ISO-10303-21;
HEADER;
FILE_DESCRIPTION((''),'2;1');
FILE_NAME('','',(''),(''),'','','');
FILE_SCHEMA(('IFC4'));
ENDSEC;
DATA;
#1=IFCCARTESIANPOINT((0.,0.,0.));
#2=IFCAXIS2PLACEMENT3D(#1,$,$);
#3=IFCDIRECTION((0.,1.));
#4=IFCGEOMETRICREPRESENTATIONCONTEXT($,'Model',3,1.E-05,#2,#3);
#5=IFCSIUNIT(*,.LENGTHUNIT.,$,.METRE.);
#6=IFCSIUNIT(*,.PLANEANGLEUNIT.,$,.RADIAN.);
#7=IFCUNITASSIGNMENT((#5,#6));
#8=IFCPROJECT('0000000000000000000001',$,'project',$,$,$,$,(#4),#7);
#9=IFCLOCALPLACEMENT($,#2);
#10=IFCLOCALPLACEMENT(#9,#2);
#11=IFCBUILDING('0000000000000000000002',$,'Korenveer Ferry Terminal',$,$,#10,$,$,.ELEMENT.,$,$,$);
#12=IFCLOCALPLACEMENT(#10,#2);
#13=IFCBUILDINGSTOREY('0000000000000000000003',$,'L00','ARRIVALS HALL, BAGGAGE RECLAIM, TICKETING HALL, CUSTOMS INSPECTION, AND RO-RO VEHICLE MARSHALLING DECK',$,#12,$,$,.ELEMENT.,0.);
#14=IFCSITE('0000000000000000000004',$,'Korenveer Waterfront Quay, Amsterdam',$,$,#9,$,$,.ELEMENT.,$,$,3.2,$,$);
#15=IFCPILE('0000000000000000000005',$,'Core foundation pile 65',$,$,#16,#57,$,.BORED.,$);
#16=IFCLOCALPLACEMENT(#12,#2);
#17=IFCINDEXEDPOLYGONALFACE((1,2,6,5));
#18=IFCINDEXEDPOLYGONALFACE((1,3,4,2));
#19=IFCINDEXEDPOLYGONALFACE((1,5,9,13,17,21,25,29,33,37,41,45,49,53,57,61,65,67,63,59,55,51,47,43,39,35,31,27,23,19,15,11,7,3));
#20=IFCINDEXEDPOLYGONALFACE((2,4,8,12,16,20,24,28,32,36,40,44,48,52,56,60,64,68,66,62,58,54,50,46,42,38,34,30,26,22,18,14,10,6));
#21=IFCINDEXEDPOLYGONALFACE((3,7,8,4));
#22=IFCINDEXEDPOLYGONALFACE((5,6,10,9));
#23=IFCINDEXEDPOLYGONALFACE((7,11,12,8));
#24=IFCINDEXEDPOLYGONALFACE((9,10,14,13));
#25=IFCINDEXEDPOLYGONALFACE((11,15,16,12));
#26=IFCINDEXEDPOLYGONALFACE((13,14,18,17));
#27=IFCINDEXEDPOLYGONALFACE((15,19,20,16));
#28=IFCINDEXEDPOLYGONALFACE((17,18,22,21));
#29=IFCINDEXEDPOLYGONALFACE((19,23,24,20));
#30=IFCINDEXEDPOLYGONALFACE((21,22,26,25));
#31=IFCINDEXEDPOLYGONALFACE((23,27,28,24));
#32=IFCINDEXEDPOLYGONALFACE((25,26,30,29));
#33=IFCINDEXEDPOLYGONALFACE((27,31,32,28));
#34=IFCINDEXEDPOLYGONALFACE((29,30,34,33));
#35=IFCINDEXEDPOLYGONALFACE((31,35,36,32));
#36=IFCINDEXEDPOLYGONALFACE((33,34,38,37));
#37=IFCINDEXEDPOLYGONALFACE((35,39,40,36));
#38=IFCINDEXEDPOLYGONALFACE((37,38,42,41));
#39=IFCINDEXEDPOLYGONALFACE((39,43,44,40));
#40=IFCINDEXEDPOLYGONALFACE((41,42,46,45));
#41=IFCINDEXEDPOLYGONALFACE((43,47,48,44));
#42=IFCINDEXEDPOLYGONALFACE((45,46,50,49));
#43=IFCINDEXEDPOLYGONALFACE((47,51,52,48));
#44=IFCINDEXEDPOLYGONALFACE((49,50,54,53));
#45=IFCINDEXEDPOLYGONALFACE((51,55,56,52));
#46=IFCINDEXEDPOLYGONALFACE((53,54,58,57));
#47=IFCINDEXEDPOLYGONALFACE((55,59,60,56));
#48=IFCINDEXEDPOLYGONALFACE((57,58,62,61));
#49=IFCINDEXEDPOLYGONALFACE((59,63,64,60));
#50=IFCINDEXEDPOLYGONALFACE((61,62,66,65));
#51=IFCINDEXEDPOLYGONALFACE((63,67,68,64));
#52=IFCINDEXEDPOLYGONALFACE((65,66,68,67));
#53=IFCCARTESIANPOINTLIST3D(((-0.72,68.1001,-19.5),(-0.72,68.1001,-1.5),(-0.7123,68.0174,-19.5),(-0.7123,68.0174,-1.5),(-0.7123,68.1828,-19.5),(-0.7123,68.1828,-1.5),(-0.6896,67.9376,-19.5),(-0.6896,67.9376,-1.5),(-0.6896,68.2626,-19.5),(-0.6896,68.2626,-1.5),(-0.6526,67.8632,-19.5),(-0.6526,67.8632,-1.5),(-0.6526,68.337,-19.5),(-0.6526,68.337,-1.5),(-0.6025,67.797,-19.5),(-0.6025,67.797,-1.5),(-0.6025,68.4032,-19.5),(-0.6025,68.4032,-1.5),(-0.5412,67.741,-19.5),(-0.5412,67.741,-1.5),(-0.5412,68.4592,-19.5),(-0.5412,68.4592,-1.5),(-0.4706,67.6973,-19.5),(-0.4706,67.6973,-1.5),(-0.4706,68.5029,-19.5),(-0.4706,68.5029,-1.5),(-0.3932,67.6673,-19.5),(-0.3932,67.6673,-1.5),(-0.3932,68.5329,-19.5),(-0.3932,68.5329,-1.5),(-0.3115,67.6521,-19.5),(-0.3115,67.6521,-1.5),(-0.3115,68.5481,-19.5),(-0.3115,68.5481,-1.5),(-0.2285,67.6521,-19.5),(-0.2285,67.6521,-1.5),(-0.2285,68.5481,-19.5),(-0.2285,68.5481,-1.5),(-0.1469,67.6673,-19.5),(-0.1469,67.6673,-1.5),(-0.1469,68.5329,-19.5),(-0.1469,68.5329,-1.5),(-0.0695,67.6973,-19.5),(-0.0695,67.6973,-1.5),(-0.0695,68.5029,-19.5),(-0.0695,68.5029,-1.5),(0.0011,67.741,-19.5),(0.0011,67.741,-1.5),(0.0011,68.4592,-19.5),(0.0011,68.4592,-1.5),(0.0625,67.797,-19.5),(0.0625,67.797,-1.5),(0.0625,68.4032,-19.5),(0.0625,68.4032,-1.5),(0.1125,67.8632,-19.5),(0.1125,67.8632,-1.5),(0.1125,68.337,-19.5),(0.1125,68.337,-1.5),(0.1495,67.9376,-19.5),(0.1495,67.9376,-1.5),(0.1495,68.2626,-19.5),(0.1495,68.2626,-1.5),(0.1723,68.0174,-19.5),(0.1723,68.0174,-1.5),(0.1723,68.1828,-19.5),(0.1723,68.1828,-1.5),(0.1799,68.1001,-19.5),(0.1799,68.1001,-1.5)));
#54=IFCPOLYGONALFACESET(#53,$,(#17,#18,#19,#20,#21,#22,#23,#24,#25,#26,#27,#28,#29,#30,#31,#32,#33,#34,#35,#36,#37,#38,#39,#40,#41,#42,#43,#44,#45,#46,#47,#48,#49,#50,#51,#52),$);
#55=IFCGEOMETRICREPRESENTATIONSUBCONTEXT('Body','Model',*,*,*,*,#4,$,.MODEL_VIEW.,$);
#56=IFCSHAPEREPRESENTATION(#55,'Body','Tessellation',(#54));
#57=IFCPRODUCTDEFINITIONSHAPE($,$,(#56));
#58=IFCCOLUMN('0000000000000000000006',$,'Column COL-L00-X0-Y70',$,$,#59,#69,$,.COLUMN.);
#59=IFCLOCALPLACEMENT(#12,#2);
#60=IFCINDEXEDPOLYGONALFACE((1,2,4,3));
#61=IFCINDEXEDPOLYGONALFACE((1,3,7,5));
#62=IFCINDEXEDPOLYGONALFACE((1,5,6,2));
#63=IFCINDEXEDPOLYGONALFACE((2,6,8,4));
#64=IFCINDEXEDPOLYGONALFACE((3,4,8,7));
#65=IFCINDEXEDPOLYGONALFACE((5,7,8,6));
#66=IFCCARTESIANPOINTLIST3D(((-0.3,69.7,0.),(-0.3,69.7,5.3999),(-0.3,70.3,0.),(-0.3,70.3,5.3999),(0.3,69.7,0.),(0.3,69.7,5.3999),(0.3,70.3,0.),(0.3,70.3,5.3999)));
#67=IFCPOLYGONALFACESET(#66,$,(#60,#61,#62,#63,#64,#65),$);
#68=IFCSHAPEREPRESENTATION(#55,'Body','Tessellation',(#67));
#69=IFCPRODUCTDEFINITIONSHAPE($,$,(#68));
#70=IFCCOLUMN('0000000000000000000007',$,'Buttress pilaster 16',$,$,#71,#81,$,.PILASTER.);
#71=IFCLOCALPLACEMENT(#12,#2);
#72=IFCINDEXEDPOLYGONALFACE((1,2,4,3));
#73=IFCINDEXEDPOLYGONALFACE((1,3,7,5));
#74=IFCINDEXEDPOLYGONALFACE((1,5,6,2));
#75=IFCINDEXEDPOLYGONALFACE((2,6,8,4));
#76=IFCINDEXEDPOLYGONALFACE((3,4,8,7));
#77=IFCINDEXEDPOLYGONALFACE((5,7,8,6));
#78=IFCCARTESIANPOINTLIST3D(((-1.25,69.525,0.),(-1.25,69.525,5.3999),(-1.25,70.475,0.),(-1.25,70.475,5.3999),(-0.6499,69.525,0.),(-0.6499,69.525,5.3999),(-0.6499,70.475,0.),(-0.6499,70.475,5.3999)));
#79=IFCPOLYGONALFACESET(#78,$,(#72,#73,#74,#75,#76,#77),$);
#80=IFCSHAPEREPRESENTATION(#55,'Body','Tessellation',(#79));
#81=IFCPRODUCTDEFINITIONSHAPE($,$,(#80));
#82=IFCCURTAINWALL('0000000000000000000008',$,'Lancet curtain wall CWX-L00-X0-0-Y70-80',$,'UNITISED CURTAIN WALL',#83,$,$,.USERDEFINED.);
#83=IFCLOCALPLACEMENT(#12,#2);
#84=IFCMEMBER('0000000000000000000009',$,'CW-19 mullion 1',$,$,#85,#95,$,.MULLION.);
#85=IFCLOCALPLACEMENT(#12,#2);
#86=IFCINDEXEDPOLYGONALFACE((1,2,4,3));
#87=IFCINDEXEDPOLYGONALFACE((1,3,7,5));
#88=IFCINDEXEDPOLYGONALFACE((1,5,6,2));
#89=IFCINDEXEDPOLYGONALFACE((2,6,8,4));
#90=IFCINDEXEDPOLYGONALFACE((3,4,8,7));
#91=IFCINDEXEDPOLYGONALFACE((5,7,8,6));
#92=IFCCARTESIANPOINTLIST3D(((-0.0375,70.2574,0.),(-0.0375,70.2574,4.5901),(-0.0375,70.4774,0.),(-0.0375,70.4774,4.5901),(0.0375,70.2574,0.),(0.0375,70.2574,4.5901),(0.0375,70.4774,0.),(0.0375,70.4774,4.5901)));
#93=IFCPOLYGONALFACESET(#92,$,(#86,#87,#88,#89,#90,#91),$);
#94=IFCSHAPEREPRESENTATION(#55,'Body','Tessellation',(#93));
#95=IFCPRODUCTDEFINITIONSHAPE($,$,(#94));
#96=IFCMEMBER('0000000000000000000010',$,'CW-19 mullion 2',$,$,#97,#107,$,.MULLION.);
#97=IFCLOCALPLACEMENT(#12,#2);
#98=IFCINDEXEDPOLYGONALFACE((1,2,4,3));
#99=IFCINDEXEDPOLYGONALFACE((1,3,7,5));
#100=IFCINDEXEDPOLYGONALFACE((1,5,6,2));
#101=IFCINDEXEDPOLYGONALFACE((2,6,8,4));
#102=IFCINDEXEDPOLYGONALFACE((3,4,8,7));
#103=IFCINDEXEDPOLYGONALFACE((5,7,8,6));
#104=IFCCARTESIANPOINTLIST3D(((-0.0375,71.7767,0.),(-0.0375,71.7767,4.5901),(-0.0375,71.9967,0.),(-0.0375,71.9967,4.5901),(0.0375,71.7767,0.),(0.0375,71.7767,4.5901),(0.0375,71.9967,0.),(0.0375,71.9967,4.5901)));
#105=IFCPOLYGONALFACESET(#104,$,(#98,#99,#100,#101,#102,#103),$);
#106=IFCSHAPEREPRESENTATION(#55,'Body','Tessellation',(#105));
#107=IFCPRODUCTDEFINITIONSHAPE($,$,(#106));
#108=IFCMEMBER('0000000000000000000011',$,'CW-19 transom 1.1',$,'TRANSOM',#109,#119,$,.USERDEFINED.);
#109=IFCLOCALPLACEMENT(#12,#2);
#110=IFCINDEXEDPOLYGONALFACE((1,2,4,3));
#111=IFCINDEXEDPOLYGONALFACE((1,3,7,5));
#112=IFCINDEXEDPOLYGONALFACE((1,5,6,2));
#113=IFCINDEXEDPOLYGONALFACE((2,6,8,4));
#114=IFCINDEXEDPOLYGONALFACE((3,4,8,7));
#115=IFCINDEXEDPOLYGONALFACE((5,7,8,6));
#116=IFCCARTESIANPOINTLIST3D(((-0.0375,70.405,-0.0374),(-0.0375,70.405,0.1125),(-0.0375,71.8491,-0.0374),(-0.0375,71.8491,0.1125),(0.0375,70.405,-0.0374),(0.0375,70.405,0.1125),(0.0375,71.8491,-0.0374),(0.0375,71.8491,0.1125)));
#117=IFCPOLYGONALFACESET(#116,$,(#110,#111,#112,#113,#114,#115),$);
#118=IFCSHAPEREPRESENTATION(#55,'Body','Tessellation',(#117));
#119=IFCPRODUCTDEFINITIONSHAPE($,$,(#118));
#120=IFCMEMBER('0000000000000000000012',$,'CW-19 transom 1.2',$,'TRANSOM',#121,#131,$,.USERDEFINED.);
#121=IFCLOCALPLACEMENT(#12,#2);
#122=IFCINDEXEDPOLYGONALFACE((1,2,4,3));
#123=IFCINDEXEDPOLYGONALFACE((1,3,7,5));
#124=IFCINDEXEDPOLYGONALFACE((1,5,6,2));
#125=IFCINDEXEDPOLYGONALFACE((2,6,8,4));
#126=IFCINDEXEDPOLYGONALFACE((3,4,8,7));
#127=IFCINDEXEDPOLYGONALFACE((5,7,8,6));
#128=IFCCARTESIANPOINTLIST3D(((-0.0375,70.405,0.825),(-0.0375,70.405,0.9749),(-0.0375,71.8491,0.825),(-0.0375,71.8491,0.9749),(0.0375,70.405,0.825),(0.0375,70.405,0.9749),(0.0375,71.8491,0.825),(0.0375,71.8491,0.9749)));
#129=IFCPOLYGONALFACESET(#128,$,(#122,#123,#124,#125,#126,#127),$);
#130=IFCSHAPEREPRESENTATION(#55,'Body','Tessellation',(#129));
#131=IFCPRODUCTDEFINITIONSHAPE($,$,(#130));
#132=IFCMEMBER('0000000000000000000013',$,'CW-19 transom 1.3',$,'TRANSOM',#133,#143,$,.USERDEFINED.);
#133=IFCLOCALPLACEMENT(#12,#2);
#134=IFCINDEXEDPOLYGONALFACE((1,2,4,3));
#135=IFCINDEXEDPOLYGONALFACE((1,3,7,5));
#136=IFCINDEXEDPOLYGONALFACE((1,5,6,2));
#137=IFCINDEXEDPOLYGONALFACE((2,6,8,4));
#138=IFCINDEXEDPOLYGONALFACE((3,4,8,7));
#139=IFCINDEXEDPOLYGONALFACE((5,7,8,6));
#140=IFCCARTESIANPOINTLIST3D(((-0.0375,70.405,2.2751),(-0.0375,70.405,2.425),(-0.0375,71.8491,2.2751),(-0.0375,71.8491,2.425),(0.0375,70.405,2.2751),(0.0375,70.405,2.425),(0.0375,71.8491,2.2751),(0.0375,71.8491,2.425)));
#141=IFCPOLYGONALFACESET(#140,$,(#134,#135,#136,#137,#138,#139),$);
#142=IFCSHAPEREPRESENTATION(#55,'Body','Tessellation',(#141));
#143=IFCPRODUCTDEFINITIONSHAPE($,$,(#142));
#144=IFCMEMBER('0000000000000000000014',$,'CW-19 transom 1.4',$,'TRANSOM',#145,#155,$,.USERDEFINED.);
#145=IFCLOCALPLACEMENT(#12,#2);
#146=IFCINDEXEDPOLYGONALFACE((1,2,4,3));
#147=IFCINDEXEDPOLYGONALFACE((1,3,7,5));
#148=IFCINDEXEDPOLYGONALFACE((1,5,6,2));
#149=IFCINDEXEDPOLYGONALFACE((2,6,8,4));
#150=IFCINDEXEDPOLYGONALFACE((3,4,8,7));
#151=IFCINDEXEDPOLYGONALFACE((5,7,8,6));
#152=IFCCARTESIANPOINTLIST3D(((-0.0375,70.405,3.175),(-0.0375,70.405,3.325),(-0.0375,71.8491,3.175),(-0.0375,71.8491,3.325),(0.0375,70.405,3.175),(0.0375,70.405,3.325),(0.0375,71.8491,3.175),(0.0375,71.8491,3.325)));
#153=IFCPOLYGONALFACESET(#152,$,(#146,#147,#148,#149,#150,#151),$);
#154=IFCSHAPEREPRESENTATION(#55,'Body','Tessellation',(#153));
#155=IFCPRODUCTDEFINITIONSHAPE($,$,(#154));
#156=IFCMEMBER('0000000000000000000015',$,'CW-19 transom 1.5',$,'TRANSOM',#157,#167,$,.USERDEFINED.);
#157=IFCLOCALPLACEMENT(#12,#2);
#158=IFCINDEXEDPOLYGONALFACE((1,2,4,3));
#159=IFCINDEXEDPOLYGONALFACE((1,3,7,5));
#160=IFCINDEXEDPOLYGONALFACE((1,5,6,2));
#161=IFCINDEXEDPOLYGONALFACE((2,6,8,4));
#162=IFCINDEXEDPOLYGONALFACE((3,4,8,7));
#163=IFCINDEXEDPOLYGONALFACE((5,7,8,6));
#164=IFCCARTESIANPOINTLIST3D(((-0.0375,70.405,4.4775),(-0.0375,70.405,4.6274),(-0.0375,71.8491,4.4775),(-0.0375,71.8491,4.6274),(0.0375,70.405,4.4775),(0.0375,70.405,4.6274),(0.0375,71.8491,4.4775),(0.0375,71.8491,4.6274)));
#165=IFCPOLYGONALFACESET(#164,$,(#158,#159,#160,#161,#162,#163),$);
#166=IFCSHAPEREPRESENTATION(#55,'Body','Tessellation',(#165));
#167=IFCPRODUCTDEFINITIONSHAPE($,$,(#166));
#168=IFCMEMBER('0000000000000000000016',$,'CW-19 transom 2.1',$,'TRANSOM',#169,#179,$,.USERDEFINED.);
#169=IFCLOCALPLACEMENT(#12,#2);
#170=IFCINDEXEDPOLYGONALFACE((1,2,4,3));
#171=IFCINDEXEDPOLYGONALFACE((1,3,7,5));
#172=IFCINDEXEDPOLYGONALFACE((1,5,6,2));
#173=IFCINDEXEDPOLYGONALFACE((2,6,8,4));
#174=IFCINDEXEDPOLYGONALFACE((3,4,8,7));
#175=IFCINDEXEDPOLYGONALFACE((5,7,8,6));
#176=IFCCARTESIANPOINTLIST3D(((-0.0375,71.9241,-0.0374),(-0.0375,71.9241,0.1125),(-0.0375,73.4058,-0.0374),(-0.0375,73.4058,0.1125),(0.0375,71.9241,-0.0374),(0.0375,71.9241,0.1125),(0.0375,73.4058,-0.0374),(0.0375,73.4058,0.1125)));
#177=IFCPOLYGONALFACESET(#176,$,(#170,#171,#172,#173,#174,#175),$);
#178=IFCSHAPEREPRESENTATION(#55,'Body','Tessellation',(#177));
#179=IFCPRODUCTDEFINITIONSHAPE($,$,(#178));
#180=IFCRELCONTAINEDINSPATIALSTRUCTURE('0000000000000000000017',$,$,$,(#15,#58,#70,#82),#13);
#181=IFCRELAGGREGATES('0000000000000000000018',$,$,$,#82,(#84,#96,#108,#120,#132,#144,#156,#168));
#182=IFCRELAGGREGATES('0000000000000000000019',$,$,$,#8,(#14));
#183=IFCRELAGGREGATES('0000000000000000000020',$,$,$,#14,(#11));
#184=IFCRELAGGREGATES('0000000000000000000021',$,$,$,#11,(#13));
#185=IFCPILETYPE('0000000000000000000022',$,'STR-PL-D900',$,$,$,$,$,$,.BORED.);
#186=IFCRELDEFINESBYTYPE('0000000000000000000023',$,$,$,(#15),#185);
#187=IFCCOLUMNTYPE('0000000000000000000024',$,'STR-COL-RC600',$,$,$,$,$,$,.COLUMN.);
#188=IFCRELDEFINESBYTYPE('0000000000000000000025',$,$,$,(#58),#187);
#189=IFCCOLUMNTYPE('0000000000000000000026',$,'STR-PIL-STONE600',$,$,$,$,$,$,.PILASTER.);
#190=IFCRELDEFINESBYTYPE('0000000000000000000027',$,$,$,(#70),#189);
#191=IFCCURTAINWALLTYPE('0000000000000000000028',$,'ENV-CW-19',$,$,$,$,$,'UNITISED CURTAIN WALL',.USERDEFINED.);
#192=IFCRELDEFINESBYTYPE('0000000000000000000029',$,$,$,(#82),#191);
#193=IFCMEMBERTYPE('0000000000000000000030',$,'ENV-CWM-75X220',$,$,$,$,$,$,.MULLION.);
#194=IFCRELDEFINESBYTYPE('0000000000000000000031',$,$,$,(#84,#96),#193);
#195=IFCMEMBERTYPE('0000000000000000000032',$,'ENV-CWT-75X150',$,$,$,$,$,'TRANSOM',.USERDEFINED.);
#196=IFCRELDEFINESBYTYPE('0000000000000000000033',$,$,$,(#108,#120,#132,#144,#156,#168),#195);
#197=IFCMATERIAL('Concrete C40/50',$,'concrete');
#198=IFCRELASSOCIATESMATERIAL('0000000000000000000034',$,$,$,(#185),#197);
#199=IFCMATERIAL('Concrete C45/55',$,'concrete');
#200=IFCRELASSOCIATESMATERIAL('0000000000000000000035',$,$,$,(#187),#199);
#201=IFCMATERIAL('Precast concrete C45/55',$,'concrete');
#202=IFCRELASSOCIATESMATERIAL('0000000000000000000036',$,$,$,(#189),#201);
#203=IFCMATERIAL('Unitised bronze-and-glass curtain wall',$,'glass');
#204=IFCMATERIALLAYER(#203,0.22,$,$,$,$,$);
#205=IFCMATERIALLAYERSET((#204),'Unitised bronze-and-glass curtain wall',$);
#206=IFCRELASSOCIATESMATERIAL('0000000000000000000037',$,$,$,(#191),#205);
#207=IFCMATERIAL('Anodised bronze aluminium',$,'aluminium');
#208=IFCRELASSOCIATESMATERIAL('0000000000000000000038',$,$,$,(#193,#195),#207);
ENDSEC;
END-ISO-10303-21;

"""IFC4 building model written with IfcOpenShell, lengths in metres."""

from ifc_helpers import new_model, si_unit, direction, frame, origin, origin_2d, place, context, subcontext, project, spatial, rectangle, circle, extrude, material, layer, layer_set, material_profile, profile_set, type_object, element, aggregate, save


model = new_model("IFC4")

# Units and contexts
model_context = context("Model", 3, precision=1e-05, world=origin(), true_north=direction((0.0, 1.0)))
body_context = subcontext(model_context, "Body", "Model", "MODEL_VIEW")
ifc_project = project(units=[si_unit("LENGTHUNIT", "METRE"), si_unit("PLANEANGLEUNIT", "RADIAN")], contexts=[model_context])

# Site, building, storey
site_placement = place(None, origin())
site = spatial("IfcSite", under=ifc_project, at=site_placement, Name="Korenveer Waterfront Quay, Amsterdam", CompositionType="ELEMENT", RefElevation=3.2)
building_placement = place(site_placement, origin())
building = spatial("IfcBuilding", under=site, at=building_placement, Name="Korenveer Ferry Terminal", CompositionType="ELEMENT")
storey_placement = place(building_placement, origin())
storey = spatial("IfcBuildingStorey", under=building, at=storey_placement, Name="L00", Description="ARRIVALS HALL, BAGGAGE RECLAIM, TICKETING HALL, CUSTOMS INSPECTION, AND RO-RO VEHICLE MARSHALLING DECK", CompositionType="ELEMENT", Elevation=0.0)

# Pile
ifc_material_1 = material(Name="Concrete C40/50", Category="concrete")
ifc_material_profile_1 = material_profile(ifc_material_1, circle(Radius=0.45, at=origin_2d()), Name="PILE D900")
ifc_profile_set_1 = profile_set([ifc_material_profile_1], Name="Concrete C40/50")
pile_type = type_object("IfcPileType", Name="STR-PL-D900", PredefinedType="BORED", material=ifc_profile_set_1)
pile_placement = place(storey_placement, frame((-0.27, 68.1001, -1.5), z_axis=(0.0, 0.0, -1.0), x_axis=(1.0, 0.0, 0.0)))
element("IfcPile", 1, at=pile_placement, inside=storey, type_object=pile_type, Name="Core foundation pile 65", PredefinedType="BORED", context=body_context, shape_type="SweptSolid", body=[
    extrude(circle(Radius=0.45, at=origin_2d()), origin(), (0.0, 0.0, 1.0), 18.0),
])

# Columns
ifc_material_2 = material(Name="Concrete C45/55", Category="concrete")
ifc_material_profile_2 = material_profile(ifc_material_2, rectangle(XDim=0.6001, YDim=0.6001, at=origin_2d()), Name="RC 600x600")
ifc_profile_set_2 = profile_set([ifc_material_profile_2], Name="Concrete C45/55")
column_type_1 = type_object("IfcColumnType", Name="STR-COL-RC600", PredefinedType="COLUMN", material=ifc_profile_set_2)
column_1_placement = place(storey_placement, frame((0.0, 70.0, 0.0), z_axis=(0.0, 0.0, 1.0), x_axis=(1.0, 0.0, 0.0)))
element("IfcColumn", 2, at=column_1_placement, inside=storey, type_object=column_type_1, Name="Column COL-L00-X0-Y70", PredefinedType="COLUMN", context=body_context, shape_type="SweptSolid", body=[
    extrude(rectangle(XDim=0.6001, YDim=0.6001, at=origin_2d()), origin(), (0.0, 0.0, 1.0), 5.3999),
])
ifc_material_3 = material(Name="Precast concrete C45/55", Category="concrete")
ifc_material_profile_3 = material_profile(ifc_material_3, rectangle(XDim=0.6001, YDim=0.95, at=origin_2d()), Name="RC 600x950")
ifc_profile_set_3 = profile_set([ifc_material_profile_3], Name="Precast concrete C45/55")
column_type_2 = type_object("IfcColumnType", Name="STR-PIL-STONE600", PredefinedType="PILASTER", material=ifc_profile_set_3)
column_2_placement = place(storey_placement, frame((-0.95, 70.0, 0.0), z_axis=(0.0, 0.0, 1.0), x_axis=(1.0, 0.0, 0.0)))
element("IfcColumn", 3, at=column_2_placement, inside=storey, type_object=column_type_2, Name="Buttress pilaster 16", PredefinedType="PILASTER", context=body_context, shape_type="SweptSolid", body=[
    extrude(rectangle(XDim=0.6001, YDim=0.95, at=origin_2d()), origin(), (0.0, 0.0, 1.0), 5.3999),
])

# Curtain wall, members
ifc_material_4 = material(Name="Unitised bronze-and-glass curtain wall", Category="glass")
ifc_layer_1 = layer(ifc_material_4, 0.22)
ifc_layer_set_1 = layer_set([ifc_layer_1], Name="Unitised bronze-and-glass curtain wall")
curtain_wall_type = type_object("IfcCurtainWallType", Name="ENV-CW-19", ElementType="UNITISED CURTAIN WALL", PredefinedType="USERDEFINED", material=ifc_layer_set_1)
curtain_wall_placement = place(storey_placement, frame((0.0, 70.3301, 0.0)))
curtain_wall = element("IfcCurtainWall", 4, at=curtain_wall_placement, inside=storey, type_object=curtain_wall_type, Name="Lancet curtain wall CWX-L00-X0-0-Y70-80", ObjectType="UNITISED CURTAIN WALL", PredefinedType="USERDEFINED")
ifc_material_5 = material(Name="Anodised bronze aluminium", Category="aluminium")
ifc_material_profile_4 = material_profile(ifc_material_5, rectangle(XDim=0.075, YDim=0.22, at=origin_2d()), Name="ALU 75x220")
ifc_profile_set_4 = profile_set([ifc_material_profile_4], Name="Anodised bronze aluminium")
member_type_1 = type_object("IfcMemberType", Name="ENV-CWM-75X220", PredefinedType="MULLION", material=ifc_profile_set_4)
member_1_placement = place(storey_placement, frame((0.0, 70.3674, 0.0), z_axis=(0.0, 0.0, 1.0), x_axis=(-1.0, 0.0, 0.0)))
member_1 = element("IfcMember", 5, at=member_1_placement, type_object=member_type_1, Name="CW-19 mullion 1", PredefinedType="MULLION", context=body_context, shape_type="SweptSolid", body=[
    extrude(rectangle(XDim=0.075, YDim=0.22, at=origin_2d()), origin(), (0.0, 0.0, 1.0), 4.5901),
])
member_2_placement = place(storey_placement, frame((0.0, 71.8867, 0.0), z_axis=(0.0, 0.0, 1.0), x_axis=(-1.0, 0.0, 0.0)))
member_2 = element("IfcMember", 6, at=member_2_placement, type_object=member_type_1, Name="CW-19 mullion 2", PredefinedType="MULLION", context=body_context, shape_type="SweptSolid", body=[
    extrude(rectangle(XDim=0.075, YDim=0.22, at=origin_2d()), origin(), (0.0, 0.0, 1.0), 4.5901),
])
ifc_material_profile_5 = material_profile(ifc_material_5, rectangle(XDim=0.075, YDim=0.1499, at=origin_2d()), Name="ALU 75x150")
ifc_profile_set_5 = profile_set([ifc_material_profile_5], Name="Anodised bronze aluminium")
member_type_2 = type_object("IfcMemberType", Name="ENV-CWT-75X150", ElementType="TRANSOM", PredefinedType="USERDEFINED", material=ifc_profile_set_5)
member_3_placement = place(storey_placement, frame((0.0, 70.405, 0.0376), z_axis=(0.0, 1.0, 0.0), x_axis=(-1.0, 0.0, 0.0)))
member_3 = element("IfcMember", 7, at=member_3_placement, type_object=member_type_2, Name="CW-19 transom 1.1", ObjectType="TRANSOM", PredefinedType="USERDEFINED", context=body_context, shape_type="SweptSolid", body=[
    extrude(rectangle(XDim=0.075, YDim=0.1499, at=origin_2d()), origin(), (0.0, 0.0, 1.0), 1.4441),
])
member_4_placement = place(storey_placement, frame((0.0, 70.405, 0.8999), z_axis=(0.0, 1.0, 0.0), x_axis=(-1.0, 0.0, 0.0)))
member_4 = element("IfcMember", 8, at=member_4_placement, type_object=member_type_2, Name="CW-19 transom 1.2", ObjectType="TRANSOM", PredefinedType="USERDEFINED", context=body_context, shape_type="SweptSolid", body=[
    extrude(rectangle(XDim=0.075, YDim=0.1499, at=origin_2d()), origin(), (0.0, 0.0, 1.0), 1.4441),
])
member_5_placement = place(storey_placement, frame((0.0, 70.405, 2.3501), z_axis=(0.0, 1.0, 0.0), x_axis=(-1.0, 0.0, 0.0)))
member_5 = element("IfcMember", 9, at=member_5_placement, type_object=member_type_2, Name="CW-19 transom 1.3", ObjectType="TRANSOM", PredefinedType="USERDEFINED", context=body_context, shape_type="SweptSolid", body=[
    extrude(rectangle(XDim=0.075, YDim=0.1499, at=origin_2d()), origin(), (0.0, 0.0, 1.0), 1.4441),
])
member_6_placement = place(storey_placement, frame((0.0, 70.405, 3.25), z_axis=(0.0, 1.0, 0.0), x_axis=(-1.0, 0.0, 0.0)))
member_6 = element("IfcMember", 10, at=member_6_placement, type_object=member_type_2, Name="CW-19 transom 1.4", ObjectType="TRANSOM", PredefinedType="USERDEFINED", context=body_context, shape_type="SweptSolid", body=[
    extrude(rectangle(XDim=0.075, YDim=0.1499, at=origin_2d()), origin(), (0.0, 0.0, 1.0), 1.4441),
])
member_7_placement = place(storey_placement, frame((0.0, 70.405, 4.5525), z_axis=(0.0, 1.0, 0.0), x_axis=(-1.0, 0.0, 0.0)))
member_7 = element("IfcMember", 11, at=member_7_placement, type_object=member_type_2, Name="CW-19 transom 1.5", ObjectType="TRANSOM", PredefinedType="USERDEFINED", context=body_context, shape_type="SweptSolid", body=[
    extrude(rectangle(XDim=0.075, YDim=0.1499, at=origin_2d()), origin(), (0.0, 0.0, 1.0), 1.4441),
])
member_8_placement = place(storey_placement, frame((0.0, 71.9241, 0.0376), z_axis=(0.0, 1.0, 0.0), x_axis=(-1.0, 0.0, 0.0)))
member_8 = element("IfcMember", 12, at=member_8_placement, type_object=member_type_2, Name="CW-19 transom 2.1", ObjectType="TRANSOM", PredefinedType="USERDEFINED", context=body_context, shape_type="SweptSolid", body=[
    extrude(rectangle(XDim=0.075, YDim=0.1499, at=origin_2d()), origin(), (0.0, 0.0, 1.0), 1.4817),
])

aggregate(curtain_wall, [member_1, member_2, member_3, member_4, member_5, member_6, member_7, member_8])

save(model, "model.ifc")
